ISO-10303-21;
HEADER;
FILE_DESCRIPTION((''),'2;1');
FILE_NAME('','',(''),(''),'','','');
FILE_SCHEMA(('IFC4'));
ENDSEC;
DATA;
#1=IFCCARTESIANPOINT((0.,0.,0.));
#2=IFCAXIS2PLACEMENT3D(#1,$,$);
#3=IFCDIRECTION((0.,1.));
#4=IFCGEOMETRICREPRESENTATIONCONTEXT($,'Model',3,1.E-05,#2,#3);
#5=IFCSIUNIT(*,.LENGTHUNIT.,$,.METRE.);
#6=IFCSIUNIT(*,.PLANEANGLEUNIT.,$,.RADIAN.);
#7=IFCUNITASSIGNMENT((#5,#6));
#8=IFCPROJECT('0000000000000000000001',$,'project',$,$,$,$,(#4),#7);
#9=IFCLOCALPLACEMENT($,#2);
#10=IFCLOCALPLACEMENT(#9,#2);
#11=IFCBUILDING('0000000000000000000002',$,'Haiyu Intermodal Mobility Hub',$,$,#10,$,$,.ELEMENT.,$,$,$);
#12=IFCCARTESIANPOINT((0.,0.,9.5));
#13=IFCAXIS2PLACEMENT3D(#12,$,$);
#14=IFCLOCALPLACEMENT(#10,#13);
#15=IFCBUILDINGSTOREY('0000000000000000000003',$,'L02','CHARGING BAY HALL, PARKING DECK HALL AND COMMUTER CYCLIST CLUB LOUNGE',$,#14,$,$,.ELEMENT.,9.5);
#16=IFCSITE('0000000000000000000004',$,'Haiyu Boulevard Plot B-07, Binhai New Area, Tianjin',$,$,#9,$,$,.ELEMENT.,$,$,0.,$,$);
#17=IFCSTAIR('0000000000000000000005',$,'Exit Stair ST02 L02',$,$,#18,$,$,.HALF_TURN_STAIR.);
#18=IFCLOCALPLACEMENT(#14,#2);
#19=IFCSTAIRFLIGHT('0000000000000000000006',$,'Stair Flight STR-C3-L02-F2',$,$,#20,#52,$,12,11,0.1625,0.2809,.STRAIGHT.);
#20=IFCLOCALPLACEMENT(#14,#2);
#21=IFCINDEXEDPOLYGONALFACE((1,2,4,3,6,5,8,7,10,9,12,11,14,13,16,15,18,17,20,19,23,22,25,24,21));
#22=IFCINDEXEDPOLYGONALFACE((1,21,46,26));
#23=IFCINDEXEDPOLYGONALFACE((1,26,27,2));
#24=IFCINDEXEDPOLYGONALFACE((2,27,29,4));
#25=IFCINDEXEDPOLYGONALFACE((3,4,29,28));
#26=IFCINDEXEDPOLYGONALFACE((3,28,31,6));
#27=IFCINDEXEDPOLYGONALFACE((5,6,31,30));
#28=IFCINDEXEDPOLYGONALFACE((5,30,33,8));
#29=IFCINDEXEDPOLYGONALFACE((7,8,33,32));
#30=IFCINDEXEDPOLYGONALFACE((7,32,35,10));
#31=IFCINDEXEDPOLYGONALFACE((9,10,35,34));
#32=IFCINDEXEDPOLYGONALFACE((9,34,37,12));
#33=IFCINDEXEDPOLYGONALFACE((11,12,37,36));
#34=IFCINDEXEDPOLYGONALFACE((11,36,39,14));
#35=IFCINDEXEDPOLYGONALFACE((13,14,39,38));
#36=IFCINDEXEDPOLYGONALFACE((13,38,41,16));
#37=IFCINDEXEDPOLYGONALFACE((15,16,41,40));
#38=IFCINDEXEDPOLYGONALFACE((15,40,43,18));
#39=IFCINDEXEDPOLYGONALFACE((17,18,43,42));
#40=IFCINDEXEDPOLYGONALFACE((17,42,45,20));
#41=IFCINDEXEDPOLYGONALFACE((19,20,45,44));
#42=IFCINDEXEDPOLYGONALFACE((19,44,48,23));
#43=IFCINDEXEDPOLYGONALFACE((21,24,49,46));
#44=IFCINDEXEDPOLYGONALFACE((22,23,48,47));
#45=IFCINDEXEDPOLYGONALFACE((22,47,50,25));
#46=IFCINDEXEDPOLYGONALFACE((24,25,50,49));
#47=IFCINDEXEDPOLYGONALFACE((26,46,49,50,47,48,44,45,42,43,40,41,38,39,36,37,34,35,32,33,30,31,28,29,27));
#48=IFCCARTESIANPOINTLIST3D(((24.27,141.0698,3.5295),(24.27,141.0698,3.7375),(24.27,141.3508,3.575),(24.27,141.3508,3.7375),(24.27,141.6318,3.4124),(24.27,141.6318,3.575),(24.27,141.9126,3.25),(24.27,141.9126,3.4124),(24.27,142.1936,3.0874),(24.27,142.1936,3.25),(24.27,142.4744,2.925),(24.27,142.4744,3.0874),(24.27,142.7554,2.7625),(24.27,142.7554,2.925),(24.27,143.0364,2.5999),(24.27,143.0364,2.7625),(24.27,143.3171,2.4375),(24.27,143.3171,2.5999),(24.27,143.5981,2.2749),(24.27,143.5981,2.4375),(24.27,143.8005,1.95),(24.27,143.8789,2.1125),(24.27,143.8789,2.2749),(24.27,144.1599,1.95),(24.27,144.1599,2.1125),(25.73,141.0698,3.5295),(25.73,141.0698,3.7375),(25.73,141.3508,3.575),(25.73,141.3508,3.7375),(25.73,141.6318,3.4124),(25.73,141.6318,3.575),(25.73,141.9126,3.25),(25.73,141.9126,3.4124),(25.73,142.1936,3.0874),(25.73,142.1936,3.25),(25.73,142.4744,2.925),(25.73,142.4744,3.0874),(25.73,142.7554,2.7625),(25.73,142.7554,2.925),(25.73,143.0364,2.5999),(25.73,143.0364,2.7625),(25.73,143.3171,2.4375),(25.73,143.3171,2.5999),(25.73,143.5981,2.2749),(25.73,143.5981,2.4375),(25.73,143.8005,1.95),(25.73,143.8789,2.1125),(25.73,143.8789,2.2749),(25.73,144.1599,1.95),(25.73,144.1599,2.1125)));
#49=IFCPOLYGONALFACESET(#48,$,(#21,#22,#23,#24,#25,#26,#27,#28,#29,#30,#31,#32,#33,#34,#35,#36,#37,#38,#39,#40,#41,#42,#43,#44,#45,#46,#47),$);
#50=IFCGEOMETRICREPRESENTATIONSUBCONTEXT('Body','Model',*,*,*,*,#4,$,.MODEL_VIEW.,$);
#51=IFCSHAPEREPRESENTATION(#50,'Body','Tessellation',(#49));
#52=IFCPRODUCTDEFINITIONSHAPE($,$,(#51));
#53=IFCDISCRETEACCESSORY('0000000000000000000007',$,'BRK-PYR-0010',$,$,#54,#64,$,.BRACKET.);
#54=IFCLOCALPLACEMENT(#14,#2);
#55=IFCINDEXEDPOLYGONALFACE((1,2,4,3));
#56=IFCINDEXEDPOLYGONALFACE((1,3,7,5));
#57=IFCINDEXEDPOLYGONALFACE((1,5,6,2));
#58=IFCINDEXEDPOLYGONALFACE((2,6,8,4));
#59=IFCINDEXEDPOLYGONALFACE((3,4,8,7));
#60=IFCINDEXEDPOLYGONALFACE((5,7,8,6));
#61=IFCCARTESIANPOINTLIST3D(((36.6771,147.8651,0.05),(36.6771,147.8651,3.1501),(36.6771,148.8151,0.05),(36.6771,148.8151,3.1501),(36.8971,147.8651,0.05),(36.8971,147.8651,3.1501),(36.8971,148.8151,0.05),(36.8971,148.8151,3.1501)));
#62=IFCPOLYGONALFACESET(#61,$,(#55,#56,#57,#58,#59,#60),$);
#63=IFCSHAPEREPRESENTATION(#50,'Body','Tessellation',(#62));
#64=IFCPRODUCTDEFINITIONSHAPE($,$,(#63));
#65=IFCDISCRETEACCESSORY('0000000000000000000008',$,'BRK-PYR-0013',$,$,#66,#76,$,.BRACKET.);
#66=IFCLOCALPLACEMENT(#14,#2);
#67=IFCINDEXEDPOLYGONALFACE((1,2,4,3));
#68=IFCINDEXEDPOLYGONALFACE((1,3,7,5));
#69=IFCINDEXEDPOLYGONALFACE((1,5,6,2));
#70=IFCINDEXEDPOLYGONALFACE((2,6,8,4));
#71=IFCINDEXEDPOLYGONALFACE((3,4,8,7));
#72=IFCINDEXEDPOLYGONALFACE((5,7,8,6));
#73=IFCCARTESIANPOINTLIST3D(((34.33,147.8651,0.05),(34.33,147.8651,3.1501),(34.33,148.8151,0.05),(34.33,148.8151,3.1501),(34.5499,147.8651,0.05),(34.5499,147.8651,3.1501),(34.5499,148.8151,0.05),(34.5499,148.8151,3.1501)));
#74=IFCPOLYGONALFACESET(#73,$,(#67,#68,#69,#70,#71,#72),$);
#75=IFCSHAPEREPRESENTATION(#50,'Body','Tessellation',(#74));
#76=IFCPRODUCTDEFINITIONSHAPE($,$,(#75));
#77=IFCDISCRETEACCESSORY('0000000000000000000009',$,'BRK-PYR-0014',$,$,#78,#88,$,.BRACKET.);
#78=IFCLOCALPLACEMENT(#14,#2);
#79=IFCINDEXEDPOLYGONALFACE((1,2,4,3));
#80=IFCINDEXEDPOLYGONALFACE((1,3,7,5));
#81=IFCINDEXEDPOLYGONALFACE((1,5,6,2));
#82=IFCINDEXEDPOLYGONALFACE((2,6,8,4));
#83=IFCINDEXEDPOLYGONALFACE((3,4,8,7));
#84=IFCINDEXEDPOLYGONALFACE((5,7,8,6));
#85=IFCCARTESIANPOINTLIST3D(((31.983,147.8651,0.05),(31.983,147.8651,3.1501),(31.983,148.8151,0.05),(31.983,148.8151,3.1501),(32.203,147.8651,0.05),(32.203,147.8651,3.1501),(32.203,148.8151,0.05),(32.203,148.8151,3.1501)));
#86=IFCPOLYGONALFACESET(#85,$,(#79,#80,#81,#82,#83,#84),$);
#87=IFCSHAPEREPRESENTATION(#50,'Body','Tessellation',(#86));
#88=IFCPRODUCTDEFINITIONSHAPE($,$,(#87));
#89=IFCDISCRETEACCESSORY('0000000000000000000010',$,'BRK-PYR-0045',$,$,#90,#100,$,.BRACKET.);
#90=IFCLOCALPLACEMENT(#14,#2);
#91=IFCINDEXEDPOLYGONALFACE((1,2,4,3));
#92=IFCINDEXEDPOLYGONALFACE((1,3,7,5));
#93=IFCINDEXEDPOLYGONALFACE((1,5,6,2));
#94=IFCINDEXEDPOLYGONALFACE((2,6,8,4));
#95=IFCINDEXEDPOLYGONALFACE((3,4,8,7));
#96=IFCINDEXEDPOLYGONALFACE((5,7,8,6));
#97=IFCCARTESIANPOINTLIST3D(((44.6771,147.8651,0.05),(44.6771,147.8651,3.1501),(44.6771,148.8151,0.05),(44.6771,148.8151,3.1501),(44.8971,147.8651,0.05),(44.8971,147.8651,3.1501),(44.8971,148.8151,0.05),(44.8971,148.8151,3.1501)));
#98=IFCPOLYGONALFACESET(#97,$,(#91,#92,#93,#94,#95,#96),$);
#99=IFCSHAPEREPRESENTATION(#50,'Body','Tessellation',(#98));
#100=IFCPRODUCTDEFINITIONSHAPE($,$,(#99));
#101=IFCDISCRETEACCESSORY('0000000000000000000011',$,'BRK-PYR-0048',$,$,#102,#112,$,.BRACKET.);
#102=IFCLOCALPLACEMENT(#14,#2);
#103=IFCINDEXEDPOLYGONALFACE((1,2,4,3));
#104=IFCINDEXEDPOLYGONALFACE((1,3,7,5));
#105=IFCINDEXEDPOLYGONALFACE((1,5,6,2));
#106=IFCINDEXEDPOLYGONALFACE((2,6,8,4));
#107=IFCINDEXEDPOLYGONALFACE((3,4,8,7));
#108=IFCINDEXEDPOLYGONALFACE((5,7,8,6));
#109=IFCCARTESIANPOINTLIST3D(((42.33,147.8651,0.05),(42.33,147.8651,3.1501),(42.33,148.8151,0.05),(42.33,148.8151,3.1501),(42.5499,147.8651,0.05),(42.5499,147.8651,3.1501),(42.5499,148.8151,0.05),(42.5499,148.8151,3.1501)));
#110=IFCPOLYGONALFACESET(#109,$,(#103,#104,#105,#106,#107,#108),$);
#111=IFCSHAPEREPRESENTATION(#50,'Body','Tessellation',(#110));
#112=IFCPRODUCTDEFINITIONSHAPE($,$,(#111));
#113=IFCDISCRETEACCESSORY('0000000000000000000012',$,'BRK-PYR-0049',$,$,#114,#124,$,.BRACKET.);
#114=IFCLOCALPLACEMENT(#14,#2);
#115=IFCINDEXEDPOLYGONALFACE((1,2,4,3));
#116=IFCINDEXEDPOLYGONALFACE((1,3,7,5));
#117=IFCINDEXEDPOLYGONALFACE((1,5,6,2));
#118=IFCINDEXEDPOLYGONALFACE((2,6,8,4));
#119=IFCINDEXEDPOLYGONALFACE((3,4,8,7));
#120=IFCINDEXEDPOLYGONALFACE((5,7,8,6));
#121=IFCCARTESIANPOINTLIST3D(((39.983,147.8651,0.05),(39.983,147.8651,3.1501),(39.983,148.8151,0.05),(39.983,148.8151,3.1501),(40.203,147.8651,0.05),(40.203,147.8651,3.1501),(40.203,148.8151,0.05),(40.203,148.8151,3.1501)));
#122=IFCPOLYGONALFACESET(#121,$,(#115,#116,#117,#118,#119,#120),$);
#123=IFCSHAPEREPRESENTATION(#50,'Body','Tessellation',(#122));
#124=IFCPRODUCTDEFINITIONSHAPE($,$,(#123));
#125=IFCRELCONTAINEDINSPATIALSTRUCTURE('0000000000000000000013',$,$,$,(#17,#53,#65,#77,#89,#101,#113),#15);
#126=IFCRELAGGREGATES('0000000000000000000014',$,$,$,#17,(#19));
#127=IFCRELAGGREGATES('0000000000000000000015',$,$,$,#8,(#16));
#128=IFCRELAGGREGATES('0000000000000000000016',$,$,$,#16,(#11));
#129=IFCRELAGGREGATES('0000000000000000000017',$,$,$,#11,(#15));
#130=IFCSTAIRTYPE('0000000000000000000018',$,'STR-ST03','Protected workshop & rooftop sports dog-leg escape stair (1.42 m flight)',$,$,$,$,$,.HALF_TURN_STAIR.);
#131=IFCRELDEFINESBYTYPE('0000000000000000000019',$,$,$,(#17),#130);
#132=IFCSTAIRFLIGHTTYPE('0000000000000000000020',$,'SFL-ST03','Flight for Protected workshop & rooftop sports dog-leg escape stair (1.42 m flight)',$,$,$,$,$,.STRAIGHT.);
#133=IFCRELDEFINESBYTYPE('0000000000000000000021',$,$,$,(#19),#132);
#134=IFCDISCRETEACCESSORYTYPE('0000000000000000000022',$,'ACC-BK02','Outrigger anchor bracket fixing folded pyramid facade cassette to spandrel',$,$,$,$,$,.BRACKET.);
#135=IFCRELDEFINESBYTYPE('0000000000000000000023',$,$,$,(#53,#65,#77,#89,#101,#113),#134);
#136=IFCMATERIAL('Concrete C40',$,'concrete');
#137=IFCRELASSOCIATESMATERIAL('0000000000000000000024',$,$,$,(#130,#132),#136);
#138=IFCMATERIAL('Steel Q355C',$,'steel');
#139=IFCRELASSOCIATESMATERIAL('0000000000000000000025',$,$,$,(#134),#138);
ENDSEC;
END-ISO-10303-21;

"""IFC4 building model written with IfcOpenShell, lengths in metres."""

from ifc_helpers import new_model, si_unit, direction, frame, origin, origin_2d, place, context, subcontext, project, spatial, polyline, rectangle, outline, extrude, material, type_object, element, aggregate, save


model = new_model("IFC4")

# Units and contexts
model_context = context("Model", 3, precision=1e-05, world=origin(), true_north=direction((0.0, 1.0)))
body_context = subcontext(model_context, "Body", "Model", "MODEL_VIEW")
ifc_project = project(units=[si_unit("LENGTHUNIT", "METRE"), si_unit("PLANEANGLEUNIT", "RADIAN")], contexts=[model_context])

# Site, building, storey
site_placement = place(None, origin())
site = spatial("IfcSite", under=ifc_project, at=site_placement, Name="Haiyu Boulevard Plot B-07, Binhai New Area, Tianjin", CompositionType="ELEMENT", RefElevation=0.0)
building_placement = place(site_placement, origin())
building = spatial("IfcBuilding", under=site, at=building_placement, Name="Haiyu Intermodal Mobility Hub", CompositionType="ELEMENT")
storey_placement = place(building_placement, frame((0.0, 0.0, 9.5)))
storey = spatial("IfcBuildingStorey", under=building, at=storey_placement, Name="L02", Description="CHARGING BAY HALL, PARKING DECK HALL AND COMMUTER CYCLIST CLUB LOUNGE", CompositionType="ELEMENT", Elevation=9.5)

# Shared definitions
ifc_material_1 = material(Name="Steel Q355C", Category="steel")

# Shared definitions
ifc_material_2 = material(Name="Concrete C40", Category="concrete")

# Stair, stair flight
stair_type = type_object("IfcStairType", Name="STR-ST03", Description="Protected workshop & rooftop sports dog-leg escape stair (1.42 m flight)", PredefinedType="HALF_TURN_STAIR", material=ifc_material_2)
stair_placement = place(storey_placement, origin())
stair = element("IfcStair", 1, at=stair_placement, inside=storey, type_object=stair_type, Name="Exit Stair ST02 L02", PredefinedType="HALF_TURN_STAIR")
stair_flight_type = type_object("IfcStairFlightType", Name="SFL-ST03", Description="Flight for Protected workshop & rooftop sports dog-leg escape stair (1.42 m flight)", PredefinedType="STRAIGHT", material=ifc_material_2)
stair_flight_placement = place(storey_placement, frame((25.0, 144.1599, 1.95), z_axis=(0.0, 0.0, 1.0), x_axis=(0.0, -1.0, 0.0)))
stair_flight = element("IfcStairFlight", 2, at=stair_flight_placement, type_object=stair_flight_type, Name="Stair Flight STR-C3-L02-F2", NumberOfRisers=12, NumberOfTreads=11, PredefinedType="STRAIGHT", RiserHeight=0.1625, TreadLength=0.2809, context=body_context, shape_type="SweptSolid", body=[
    extrude(outline(polyline([(0.0, 0.0), (0.0, 0.1626), (0.281, 0.1626), (0.281, 0.325), (0.5618, 0.325), (0.5618, 0.4875), (0.8428, 0.4875), (0.8428, 0.6499), (1.1235, 0.6499), (1.1235, 0.8125), (1.4045, 0.8125), (1.4045, 0.9751), (1.6855, 0.9751), (1.6855, 1.1375), (1.9663, 1.1375), (1.9663, 1.3), (2.2473, 1.3), (2.2473, 1.4624), (2.5281, 1.4624), (2.5281, 1.625), (2.8091, 1.625), (2.8091, 1.7876), (3.0901, 1.7876), (3.0901, 1.95), (3.0901, 1.5796), (0.3594, 0.0), (0.0, 0.0)])), frame((0.0, 0.73, 0.0), z_axis=(0.0, -1.0, 0.0), x_axis=(1.0, 0.0, 0.0)), (0.0, 0.0, 1.0), 1.46),
])
aggregate(stair, [stair_flight])

# Discrete accessories
discrete_accessory_type = type_object("IfcDiscreteAccessoryType", Name="ACC-BK02", Description="Outrigger anchor bracket fixing folded pyramid facade cassette to spandrel", PredefinedType="BRACKET", material=ifc_material_1)
for number, where, z_axis, x_axis, name in (
    (3, (36.7871, 148.3401, 0.05), (0.0, 0.0, 1.0), (1.0, 0.0, 0.0), "BRK-PYR-0010"),
    (4, (34.4399, 148.3401, 0.05), (0.0, 0.0, 1.0), (1.0, 0.0, 0.0), "BRK-PYR-0013"),
    (5, (32.093, 148.3401, 0.05), (0.0, 0.0, 1.0), (1.0, 0.0, 0.0), "BRK-PYR-0014"),
    (6, (44.7871, 148.3401, 0.05), (0.0, 0.0, 1.0), (1.0, 0.0, 0.0), "BRK-PYR-0045"),
    (7, (42.4399, 148.3401, 0.05), (0.0, 0.0, 1.0), (1.0, 0.0, 0.0), "BRK-PYR-0048"),
    (8, (40.093, 148.3401, 0.05), (0.0, 0.0, 1.0), (1.0, 0.0, 0.0), "BRK-PYR-0049"),
):
    element("IfcDiscreteAccessory", number, at=place(storey_placement, frame(where, z_axis=z_axis, x_axis=x_axis)), inside=storey, type_object=discrete_accessory_type, Name=name, PredefinedType="BRACKET", context=body_context, shape_type="SweptSolid", body=[
        extrude(rectangle(XDim=0.22, YDim=0.95, at=origin_2d()), origin(), (0.0, 0.0, 1.0), 3.1001),
    ])

save(model, "model.ifc")
